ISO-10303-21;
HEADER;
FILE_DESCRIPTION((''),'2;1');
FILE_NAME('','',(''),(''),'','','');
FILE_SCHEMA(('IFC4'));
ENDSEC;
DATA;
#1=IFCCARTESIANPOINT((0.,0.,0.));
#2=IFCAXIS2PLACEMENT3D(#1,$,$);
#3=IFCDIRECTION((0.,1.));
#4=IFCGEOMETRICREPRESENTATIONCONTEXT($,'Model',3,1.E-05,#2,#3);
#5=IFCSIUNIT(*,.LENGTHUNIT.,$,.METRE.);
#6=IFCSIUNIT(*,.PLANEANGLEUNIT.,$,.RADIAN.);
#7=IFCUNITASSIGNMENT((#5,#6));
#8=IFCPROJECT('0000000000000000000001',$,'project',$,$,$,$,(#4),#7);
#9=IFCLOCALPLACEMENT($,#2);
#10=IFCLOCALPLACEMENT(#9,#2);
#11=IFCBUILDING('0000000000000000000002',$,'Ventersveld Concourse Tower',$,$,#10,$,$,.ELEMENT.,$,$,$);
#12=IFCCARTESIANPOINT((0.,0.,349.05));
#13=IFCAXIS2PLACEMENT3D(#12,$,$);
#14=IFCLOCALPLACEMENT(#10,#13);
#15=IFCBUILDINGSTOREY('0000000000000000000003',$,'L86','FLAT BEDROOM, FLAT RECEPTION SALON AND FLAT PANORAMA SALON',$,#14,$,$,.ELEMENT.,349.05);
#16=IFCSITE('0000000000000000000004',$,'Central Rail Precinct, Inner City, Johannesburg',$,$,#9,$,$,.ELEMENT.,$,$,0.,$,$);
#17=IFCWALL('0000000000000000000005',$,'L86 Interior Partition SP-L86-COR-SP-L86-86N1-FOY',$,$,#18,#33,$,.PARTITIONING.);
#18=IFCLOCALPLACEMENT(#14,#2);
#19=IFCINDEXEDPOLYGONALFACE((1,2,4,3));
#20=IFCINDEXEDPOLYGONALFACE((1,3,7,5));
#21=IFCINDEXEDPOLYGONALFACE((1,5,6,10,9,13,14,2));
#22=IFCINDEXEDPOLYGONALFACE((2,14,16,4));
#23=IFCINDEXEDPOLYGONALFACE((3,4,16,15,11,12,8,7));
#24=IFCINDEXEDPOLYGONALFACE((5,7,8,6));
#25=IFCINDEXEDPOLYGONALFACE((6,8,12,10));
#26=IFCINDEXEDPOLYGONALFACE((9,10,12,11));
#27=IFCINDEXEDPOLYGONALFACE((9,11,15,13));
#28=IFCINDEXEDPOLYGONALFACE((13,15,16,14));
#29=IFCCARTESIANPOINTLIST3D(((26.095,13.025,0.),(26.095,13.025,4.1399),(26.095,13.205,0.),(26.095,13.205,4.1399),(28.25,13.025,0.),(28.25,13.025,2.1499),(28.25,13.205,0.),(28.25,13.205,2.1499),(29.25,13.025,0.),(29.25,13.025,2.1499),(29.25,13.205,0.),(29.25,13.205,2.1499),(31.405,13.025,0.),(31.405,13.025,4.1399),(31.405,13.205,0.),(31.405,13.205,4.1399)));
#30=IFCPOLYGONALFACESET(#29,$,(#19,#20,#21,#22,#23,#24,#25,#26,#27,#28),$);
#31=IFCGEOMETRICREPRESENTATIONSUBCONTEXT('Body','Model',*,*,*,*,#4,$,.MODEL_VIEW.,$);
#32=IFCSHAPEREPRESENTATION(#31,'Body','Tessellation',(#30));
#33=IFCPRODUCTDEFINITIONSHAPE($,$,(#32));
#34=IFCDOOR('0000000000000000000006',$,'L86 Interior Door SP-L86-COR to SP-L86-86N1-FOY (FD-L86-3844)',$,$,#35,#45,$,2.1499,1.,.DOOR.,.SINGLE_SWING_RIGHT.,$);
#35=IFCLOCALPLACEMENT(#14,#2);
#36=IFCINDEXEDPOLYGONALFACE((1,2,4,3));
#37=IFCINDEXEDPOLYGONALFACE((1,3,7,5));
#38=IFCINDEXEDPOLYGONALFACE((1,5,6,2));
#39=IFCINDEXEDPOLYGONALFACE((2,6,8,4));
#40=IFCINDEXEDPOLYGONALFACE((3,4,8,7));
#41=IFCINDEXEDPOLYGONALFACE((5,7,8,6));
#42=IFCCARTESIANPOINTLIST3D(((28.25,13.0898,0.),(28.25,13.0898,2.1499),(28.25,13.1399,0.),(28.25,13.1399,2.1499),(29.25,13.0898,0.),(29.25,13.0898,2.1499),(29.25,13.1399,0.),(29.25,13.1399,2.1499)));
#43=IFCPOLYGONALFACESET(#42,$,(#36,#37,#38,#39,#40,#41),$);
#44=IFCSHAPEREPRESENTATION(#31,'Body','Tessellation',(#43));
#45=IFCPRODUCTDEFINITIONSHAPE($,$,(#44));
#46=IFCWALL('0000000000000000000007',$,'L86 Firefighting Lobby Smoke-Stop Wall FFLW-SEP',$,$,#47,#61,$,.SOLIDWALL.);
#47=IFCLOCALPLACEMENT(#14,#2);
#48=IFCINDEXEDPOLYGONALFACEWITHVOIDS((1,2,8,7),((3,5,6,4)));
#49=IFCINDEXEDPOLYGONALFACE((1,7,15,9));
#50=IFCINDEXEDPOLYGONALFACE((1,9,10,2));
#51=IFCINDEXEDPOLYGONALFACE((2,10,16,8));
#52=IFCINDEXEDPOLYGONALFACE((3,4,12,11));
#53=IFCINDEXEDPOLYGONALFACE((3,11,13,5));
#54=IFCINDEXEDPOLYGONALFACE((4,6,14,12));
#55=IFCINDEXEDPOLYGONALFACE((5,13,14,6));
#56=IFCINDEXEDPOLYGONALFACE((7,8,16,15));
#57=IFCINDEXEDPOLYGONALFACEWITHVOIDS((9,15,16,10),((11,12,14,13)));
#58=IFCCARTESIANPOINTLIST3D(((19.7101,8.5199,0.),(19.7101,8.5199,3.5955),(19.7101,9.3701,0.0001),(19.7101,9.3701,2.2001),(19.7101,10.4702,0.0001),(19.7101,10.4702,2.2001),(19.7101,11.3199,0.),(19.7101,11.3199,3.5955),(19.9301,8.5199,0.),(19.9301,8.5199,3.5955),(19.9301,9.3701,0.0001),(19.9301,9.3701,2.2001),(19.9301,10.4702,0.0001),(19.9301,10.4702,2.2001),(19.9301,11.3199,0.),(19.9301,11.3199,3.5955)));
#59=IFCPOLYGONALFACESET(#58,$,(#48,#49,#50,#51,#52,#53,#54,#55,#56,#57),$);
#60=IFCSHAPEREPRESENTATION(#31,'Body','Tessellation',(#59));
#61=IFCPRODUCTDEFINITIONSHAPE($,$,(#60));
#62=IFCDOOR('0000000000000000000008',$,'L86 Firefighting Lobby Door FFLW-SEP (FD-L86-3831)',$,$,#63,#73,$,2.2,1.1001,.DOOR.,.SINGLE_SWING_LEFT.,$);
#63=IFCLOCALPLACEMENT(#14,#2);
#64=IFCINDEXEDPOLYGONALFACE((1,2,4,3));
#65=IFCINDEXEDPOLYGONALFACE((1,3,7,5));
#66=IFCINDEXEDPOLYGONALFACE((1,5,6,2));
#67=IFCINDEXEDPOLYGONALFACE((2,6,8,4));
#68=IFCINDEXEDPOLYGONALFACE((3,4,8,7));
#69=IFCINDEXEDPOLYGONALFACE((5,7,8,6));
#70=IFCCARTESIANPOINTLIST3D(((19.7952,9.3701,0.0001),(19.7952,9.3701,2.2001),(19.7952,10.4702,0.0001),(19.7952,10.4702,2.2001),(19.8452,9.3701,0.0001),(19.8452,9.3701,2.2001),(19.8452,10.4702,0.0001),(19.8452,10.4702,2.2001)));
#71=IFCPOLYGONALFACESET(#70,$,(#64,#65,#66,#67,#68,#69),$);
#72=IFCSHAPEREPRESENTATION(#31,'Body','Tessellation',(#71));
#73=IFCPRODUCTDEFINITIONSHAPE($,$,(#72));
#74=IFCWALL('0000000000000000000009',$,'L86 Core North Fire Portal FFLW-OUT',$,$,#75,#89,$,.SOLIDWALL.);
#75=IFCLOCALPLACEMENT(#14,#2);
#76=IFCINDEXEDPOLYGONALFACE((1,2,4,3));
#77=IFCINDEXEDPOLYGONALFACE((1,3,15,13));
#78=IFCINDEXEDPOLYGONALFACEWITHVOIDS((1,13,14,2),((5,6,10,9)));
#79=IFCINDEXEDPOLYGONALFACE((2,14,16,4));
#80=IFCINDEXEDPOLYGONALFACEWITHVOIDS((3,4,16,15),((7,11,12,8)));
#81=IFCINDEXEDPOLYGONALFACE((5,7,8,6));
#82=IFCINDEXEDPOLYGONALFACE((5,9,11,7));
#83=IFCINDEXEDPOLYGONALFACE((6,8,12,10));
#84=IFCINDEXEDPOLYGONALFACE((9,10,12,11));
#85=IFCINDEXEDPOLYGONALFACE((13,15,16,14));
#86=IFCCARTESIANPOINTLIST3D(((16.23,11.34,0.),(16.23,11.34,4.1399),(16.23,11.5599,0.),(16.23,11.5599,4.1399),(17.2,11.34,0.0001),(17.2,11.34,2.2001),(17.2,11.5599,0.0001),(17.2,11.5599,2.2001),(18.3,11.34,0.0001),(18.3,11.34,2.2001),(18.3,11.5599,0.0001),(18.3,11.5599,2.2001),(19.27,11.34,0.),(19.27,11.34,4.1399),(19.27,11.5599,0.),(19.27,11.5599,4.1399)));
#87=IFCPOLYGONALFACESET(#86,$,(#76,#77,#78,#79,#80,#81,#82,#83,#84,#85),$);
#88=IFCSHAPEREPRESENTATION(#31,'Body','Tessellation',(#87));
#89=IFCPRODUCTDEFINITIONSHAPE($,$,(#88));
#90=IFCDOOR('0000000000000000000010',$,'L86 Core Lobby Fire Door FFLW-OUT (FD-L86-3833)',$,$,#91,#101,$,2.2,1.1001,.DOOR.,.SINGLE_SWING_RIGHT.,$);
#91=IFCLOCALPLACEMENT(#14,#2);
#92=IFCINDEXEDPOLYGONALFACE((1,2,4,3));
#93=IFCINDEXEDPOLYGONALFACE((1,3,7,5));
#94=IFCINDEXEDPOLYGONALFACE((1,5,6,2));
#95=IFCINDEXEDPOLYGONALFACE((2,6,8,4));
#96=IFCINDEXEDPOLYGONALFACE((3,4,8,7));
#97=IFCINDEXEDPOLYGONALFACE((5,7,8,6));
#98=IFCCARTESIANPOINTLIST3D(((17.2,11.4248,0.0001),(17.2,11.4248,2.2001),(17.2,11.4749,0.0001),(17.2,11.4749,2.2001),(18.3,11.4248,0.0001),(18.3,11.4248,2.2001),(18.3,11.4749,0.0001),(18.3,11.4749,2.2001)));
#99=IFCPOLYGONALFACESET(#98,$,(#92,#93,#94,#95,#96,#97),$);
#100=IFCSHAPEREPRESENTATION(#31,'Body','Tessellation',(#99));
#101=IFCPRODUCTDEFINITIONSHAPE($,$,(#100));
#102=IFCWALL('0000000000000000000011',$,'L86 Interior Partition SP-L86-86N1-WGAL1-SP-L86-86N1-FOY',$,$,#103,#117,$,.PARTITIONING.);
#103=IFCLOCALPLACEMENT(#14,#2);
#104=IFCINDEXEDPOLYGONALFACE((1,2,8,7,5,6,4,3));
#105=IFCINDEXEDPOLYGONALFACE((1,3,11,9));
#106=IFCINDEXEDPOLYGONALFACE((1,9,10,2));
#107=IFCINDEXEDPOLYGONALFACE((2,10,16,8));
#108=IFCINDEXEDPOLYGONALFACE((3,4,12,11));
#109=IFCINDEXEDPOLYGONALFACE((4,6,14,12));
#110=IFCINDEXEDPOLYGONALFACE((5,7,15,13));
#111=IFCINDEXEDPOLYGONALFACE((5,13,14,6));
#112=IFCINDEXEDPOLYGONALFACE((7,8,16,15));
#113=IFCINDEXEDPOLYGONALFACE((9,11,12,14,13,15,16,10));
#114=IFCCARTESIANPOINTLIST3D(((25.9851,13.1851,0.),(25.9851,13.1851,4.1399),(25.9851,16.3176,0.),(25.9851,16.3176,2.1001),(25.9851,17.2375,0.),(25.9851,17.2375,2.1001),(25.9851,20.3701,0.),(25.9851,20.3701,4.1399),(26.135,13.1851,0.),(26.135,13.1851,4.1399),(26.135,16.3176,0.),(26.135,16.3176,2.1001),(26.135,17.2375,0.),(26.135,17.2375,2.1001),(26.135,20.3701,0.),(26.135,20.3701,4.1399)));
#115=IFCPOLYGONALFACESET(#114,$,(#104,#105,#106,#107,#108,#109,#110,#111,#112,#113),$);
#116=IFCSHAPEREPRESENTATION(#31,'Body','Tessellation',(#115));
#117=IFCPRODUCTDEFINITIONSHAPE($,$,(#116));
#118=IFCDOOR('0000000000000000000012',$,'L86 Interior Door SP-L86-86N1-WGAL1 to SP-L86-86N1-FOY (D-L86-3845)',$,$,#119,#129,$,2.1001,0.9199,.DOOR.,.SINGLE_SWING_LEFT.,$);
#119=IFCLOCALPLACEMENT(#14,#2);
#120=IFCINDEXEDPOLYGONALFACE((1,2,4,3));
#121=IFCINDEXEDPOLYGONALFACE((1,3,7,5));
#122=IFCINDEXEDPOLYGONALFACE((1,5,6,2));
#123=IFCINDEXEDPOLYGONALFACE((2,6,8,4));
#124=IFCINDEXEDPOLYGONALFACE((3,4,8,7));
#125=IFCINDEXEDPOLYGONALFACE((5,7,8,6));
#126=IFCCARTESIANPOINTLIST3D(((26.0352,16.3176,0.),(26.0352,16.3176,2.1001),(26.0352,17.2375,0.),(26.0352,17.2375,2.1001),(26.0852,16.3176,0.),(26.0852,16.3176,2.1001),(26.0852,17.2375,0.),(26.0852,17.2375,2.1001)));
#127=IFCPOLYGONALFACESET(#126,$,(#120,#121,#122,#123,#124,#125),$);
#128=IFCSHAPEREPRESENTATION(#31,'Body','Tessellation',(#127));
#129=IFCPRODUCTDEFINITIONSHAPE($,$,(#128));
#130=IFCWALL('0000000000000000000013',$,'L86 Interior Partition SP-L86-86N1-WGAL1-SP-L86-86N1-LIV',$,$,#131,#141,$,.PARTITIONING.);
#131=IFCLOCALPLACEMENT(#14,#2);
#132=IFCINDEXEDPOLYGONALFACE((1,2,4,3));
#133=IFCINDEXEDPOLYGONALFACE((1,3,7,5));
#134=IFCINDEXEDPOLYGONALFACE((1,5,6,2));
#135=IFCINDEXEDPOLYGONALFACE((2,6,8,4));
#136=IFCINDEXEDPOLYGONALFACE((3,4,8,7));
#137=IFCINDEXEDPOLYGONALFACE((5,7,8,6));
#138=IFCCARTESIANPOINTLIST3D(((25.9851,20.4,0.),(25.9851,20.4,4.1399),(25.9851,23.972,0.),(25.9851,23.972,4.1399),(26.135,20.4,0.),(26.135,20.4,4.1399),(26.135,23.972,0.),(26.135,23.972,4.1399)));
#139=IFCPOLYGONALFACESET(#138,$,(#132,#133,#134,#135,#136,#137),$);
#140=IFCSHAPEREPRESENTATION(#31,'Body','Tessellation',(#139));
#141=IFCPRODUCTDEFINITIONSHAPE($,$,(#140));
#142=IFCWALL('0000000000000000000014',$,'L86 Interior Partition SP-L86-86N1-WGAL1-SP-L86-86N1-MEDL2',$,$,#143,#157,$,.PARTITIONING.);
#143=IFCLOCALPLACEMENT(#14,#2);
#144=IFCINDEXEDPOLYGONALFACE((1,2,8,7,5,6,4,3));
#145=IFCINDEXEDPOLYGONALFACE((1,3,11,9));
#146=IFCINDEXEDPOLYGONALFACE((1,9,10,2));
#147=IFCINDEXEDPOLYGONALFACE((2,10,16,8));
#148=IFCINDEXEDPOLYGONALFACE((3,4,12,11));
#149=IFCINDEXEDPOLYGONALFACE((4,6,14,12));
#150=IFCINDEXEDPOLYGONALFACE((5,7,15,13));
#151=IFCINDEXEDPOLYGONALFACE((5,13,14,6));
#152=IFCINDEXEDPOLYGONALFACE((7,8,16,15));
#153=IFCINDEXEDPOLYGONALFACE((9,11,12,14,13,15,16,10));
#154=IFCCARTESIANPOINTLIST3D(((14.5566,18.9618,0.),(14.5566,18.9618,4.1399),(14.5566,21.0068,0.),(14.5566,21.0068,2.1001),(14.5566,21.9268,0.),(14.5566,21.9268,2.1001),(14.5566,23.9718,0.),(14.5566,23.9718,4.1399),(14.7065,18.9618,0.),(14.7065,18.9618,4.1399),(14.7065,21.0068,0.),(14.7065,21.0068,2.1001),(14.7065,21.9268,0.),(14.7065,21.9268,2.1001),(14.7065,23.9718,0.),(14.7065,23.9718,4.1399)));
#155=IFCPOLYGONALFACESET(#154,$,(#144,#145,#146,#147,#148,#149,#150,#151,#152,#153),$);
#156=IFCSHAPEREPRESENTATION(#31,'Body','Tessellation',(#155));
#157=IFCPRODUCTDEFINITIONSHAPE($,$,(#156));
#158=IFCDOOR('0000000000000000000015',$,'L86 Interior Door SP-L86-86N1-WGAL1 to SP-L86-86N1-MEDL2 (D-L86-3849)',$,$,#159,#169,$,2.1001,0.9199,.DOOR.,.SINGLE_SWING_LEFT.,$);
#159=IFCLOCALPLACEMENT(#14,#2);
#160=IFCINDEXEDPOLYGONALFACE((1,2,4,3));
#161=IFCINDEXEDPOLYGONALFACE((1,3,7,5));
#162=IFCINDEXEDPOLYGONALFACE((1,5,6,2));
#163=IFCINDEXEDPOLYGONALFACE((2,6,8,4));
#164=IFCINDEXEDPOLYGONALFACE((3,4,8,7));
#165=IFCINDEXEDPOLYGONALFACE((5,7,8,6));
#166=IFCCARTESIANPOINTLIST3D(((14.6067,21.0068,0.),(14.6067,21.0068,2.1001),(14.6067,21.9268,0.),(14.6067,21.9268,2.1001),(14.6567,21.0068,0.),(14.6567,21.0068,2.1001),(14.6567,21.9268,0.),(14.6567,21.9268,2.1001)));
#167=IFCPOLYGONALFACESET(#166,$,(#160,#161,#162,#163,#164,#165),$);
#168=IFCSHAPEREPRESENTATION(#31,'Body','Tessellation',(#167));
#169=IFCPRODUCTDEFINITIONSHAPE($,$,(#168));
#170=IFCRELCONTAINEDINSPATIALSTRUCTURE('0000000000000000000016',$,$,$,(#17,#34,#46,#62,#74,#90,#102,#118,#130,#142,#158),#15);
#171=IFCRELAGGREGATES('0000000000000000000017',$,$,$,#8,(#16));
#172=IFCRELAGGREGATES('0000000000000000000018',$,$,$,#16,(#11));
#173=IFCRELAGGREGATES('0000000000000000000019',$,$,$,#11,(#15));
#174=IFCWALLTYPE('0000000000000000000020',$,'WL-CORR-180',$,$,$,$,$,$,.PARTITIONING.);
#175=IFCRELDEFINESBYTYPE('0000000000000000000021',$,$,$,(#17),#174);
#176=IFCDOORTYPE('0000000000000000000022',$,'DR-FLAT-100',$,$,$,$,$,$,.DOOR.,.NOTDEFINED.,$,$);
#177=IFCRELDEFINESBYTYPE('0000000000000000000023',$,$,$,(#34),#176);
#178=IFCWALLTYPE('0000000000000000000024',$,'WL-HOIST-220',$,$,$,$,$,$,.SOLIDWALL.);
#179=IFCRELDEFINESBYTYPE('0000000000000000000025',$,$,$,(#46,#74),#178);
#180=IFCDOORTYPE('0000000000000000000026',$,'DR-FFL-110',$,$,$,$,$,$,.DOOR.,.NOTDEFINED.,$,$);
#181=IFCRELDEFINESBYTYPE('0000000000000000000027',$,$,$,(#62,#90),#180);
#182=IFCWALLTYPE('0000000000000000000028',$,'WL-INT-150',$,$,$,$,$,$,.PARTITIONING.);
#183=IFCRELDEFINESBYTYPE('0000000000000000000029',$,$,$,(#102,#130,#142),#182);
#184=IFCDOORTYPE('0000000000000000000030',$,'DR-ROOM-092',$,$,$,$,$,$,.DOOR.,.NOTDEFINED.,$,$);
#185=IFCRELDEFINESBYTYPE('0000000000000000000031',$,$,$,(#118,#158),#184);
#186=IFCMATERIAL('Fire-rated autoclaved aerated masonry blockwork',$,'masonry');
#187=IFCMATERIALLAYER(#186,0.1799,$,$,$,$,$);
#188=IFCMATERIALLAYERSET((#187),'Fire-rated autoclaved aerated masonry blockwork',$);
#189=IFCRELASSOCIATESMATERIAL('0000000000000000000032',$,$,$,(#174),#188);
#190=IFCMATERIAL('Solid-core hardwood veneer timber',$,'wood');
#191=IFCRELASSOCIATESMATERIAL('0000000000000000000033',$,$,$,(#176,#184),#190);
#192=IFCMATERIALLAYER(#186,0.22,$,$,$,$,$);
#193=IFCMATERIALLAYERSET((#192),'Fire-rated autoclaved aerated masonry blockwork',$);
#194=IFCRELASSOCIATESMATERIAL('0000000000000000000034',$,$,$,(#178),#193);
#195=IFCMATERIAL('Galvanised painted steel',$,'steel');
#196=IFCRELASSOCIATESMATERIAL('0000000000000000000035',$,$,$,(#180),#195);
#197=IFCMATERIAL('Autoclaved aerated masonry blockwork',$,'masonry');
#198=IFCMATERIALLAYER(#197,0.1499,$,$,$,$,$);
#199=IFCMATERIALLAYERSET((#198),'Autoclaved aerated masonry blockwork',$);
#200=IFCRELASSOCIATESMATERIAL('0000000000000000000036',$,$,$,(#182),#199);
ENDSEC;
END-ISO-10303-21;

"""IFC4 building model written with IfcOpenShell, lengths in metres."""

from ifc_helpers import new_model, si_unit, direction, frame, frame_2d, origin, place, context, subcontext, project, spatial, rectangle, extrude, material, layer, layer_set, type_object, element, fill, save


model = new_model("IFC4")

# Units and contexts
model_context = context("Model", 3, precision=1e-05, world=origin(), true_north=direction((0.0, 1.0)))
body_context = subcontext(model_context, "Body", "Model", "MODEL_VIEW")
ifc_project = project(units=[si_unit("LENGTHUNIT", "METRE"), si_unit("PLANEANGLEUNIT", "RADIAN")], contexts=[model_context])

# Site, building, storey
site_placement = place(None, origin())
site = spatial("IfcSite", under=ifc_project, at=site_placement, Name="Central Rail Precinct, Inner City, Johannesburg", CompositionType="ELEMENT", RefElevation=0.0)
building_placement = place(site_placement, origin())
building = spatial("IfcBuilding", under=site, at=building_placement, Name="Ventersveld Concourse Tower", CompositionType="ELEMENT")
storey_placement = place(building_placement, frame((0.0, 0.0, 349.05)))
storey = spatial("IfcBuildingStorey", under=building, at=storey_placement, Name="L86", Description="FLAT BEDROOM, FLAT RECEPTION SALON AND FLAT PANORAMA SALON", CompositionType="ELEMENT", Elevation=349.05)

# Walls, openings, doors
ifc_material_1 = material(Name="Fire-rated autoclaved aerated masonry blockwork", Category="masonry")
ifc_layer_1 = layer(ifc_material_1, 0.1799)
ifc_layer_set_1 = layer_set([ifc_layer_1], Name="Fire-rated autoclaved aerated masonry blockwork")
wall_type_1 = type_object("IfcWallType", Name="WL-CORR-180", PredefinedType="PARTITIONING", material=ifc_layer_set_1)
wall_1_placement = place(storey_placement, frame((26.095, 13.115, 0.0), z_axis=(0.0, 0.0, 1.0), x_axis=(1.0, 0.0, 0.0)))
wall_1 = element("IfcWall", 1, at=wall_1_placement, inside=storey, type_object=wall_type_1, Name="L86 Interior Partition SP-L86-COR-SP-L86-86N1-FOY", PredefinedType="PARTITIONING", context=body_context, shape_type="SweptSolid", body=[
    extrude(rectangle(XDim=5.3101, YDim=0.1799, at=frame_2d((2.655, 0.0))), origin(), (0.0, 0.0, 1.0), 4.1399),
])
opening_1_placement = place(wall_1_placement, frame((2.155, 0.0, 0.0)))
opening_1 = element("IfcOpeningElement", 2, at=opening_1_placement, cuts=wall_1, PredefinedType="OPENING", context=body_context, shape_type="SweptSolid", body=[
    extrude(rectangle(XDim=1.0, YDim=2.1499, at=frame_2d((0.5, 1.075))), frame((0.0, 0.1001, 0.0), z_axis=(0.0, -1.0, 0.0), x_axis=(1.0, 0.0, 0.0)), (0.0, 0.0, 1.0), 0.2),
])
ifc_material_2 = material(Name="Solid-core hardwood veneer timber", Category="wood")
door_type_1 = type_object("IfcDoorType", Name="DR-FLAT-100", OperationType="NOTDEFINED", PredefinedType="DOOR", material=ifc_material_2)
door_1_placement = place(opening_1_placement, origin())
door_1 = element("IfcDoor", 3, at=door_1_placement, inside=storey, type_object=door_type_1, Name="L86 Interior Door SP-L86-COR to SP-L86-86N1-FOY (FD-L86-3844)", OperationType="SINGLE_SWING_RIGHT", OverallHeight=2.1499, OverallWidth=1.0, PredefinedType="DOOR", context=body_context, shape_type="SweptSolid", body=[
    extrude(rectangle(XDim=1.0, YDim=2.1499, at=frame_2d((0.5, 1.075))), frame((0.0, 0.0249, 0.0), z_axis=(0.0, -1.0, 0.0), x_axis=(1.0, 0.0, 0.0)), (0.0, 0.0, 1.0), 0.05),
])
fill(opening_1, door_1)
ifc_layer_2 = layer(ifc_material_1, 0.22)
ifc_layer_set_2 = layer_set([ifc_layer_2], Name="Fire-rated autoclaved aerated masonry blockwork")
wall_type_2 = type_object("IfcWallType", Name="WL-HOIST-220", PredefinedType="SOLIDWALL", material=ifc_layer_set_2)
wall_2_placement = place(storey_placement, frame((19.8201, 8.52, 0.0), z_axis=(0.0, 0.0, 1.0), x_axis=(0.0, 1.0, 0.0)))
wall_2 = element("IfcWall", 4, at=wall_2_placement, inside=storey, type_object=wall_type_2, Name="L86 Firefighting Lobby Smoke-Stop Wall FFLW-SEP", PredefinedType="SOLIDWALL", context=body_context, shape_type="SweptSolid", body=[
    extrude(rectangle(XDim=2.8, YDim=0.22, at=frame_2d((1.3999, 0.0))), origin(), (0.0, 0.0, 1.0), 3.5955),
])
opening_2_placement = place(wall_2_placement, frame((0.8501, 0.0, 0.0)))
opening_2 = element("IfcOpeningElement", 5, at=opening_2_placement, cuts=wall_2, PredefinedType="OPENING", context=body_context, shape_type="SweptSolid", body=[
    extrude(rectangle(XDim=1.1001, YDim=2.2, at=frame_2d((0.55, 1.1001))), frame((0.0, 0.1201, 0.0), z_axis=(0.0, -1.0, 0.0), x_axis=(1.0, 0.0, 0.0)), (0.0, 0.0, 1.0), 0.24),
])
ifc_material_3 = material(Name="Galvanised painted steel", Category="steel")
door_type_2 = type_object("IfcDoorType", Name="DR-FFL-110", OperationType="NOTDEFINED", PredefinedType="DOOR", material=ifc_material_3)
door_2_placement = place(opening_2_placement, origin())
door_2 = element("IfcDoor", 6, at=door_2_placement, inside=storey, type_object=door_type_2, Name="L86 Firefighting Lobby Door FFLW-SEP (FD-L86-3831)", OperationType="SINGLE_SWING_LEFT", OverallHeight=2.2, OverallWidth=1.1001, PredefinedType="DOOR", context=body_context, shape_type="SweptSolid", body=[
    extrude(rectangle(XDim=1.1001, YDim=2.2, at=frame_2d((0.55, 1.1001))), frame((0.0, 0.0249, 0.0), z_axis=(0.0, -1.0, 0.0), x_axis=(1.0, 0.0, 0.0)), (0.0, 0.0, 1.0), 0.05),
])
fill(opening_2, door_2)
wall_3_placement = place(storey_placement, frame((16.23, 11.45, 0.0), z_axis=(0.0, 0.0, 1.0), x_axis=(1.0, 0.0, 0.0)))
wall_3 = element("IfcWall", 7, at=wall_3_placement, inside=storey, type_object=wall_type_2, Name="L86 Core North Fire Portal FFLW-OUT", PredefinedType="SOLIDWALL", context=body_context, shape_type="SweptSolid", body=[
    extrude(rectangle(XDim=3.04, YDim=0.22, at=frame_2d((1.52, 0.0))), origin(), (0.0, 0.0, 1.0), 4.1399),
])
opening_3_placement = place(wall_3_placement, frame((0.97, 0.0, 0.0)))
opening_3 = element("IfcOpeningElement", 8, at=opening_3_placement, cuts=wall_3, PredefinedType="OPENING", context=body_context, shape_type="SweptSolid", body=[
    extrude(rectangle(XDim=1.1001, YDim=2.2, at=frame_2d((0.55, 1.1001))), frame((0.0, 0.1201, 0.0), z_axis=(0.0, -1.0, 0.0), x_axis=(1.0, 0.0, 0.0)), (0.0, 0.0, 1.0), 0.24),
])
door_3_placement = place(opening_3_placement, origin())
door_3 = element("IfcDoor", 9, at=door_3_placement, inside=storey, type_object=door_type_2, Name="L86 Core Lobby Fire Door FFLW-OUT (FD-L86-3833)", OperationType="SINGLE_SWING_RIGHT", OverallHeight=2.2, OverallWidth=1.1001, PredefinedType="DOOR", context=body_context, shape_type="SweptSolid", body=[
    extrude(rectangle(XDim=1.1001, YDim=2.2, at=frame_2d((0.55, 1.1001))), frame((0.0, 0.0249, 0.0), z_axis=(0.0, -1.0, 0.0), x_axis=(1.0, 0.0, 0.0)), (0.0, 0.0, 1.0), 0.05),
])
fill(opening_3, door_3)
ifc_material_4 = material(Name="Autoclaved aerated masonry blockwork", Category="masonry")
ifc_layer_3 = layer(ifc_material_4, 0.1499)
ifc_layer_set_3 = layer_set([ifc_layer_3], Name="Autoclaved aerated masonry blockwork")
wall_type_3 = type_object("IfcWallType", Name="WL-INT-150", PredefinedType="PARTITIONING", material=ifc_layer_set_3)
wall_4_placement = place(storey_placement, frame((26.0601, 13.1851, 0.0), z_axis=(0.0, 0.0, 1.0), x_axis=(0.0, 1.0, 0.0)))
wall_4 = element("IfcWall", 10, at=wall_4_placement, inside=storey, type_object=wall_type_3, Name="L86 Interior Partition SP-L86-86N1-WGAL1-SP-L86-86N1-FOY", PredefinedType="PARTITIONING", context=body_context, shape_type="SweptSolid", body=[
    extrude(rectangle(XDim=7.1851, YDim=0.1499, at=frame_2d((3.5925, 0.0))), origin(), (0.0, 0.0, 1.0), 4.1399),
])
opening_4_placement = place(wall_4_placement, frame((3.1326, 0.0, 0.0)))
opening_4 = element("IfcOpeningElement", 11, at=opening_4_placement, cuts=wall_4, PredefinedType="OPENING", context=body_context, shape_type="SweptSolid", body=[
    extrude(rectangle(XDim=0.9199, YDim=2.1001, at=frame_2d((0.46, 1.05))), frame((0.0, 0.085, 0.0), z_axis=(0.0, -1.0, 0.0), x_axis=(1.0, 0.0, 0.0)), (0.0, 0.0, 1.0), 0.1699),
])
door_type_3 = type_object("IfcDoorType", Name="DR-ROOM-092", OperationType="NOTDEFINED", PredefinedType="DOOR", material=ifc_material_2)
door_4_placement = place(opening_4_placement, origin())
door_4 = element("IfcDoor", 12, at=door_4_placement, inside=storey, type_object=door_type_3, Name="L86 Interior Door SP-L86-86N1-WGAL1 to SP-L86-86N1-FOY (D-L86-3845)", OperationType="SINGLE_SWING_LEFT", OverallHeight=2.1001, OverallWidth=0.9199, PredefinedType="DOOR", context=body_context, shape_type="SweptSolid", body=[
    extrude(rectangle(XDim=0.9199, YDim=2.1001, at=frame_2d((0.46, 1.05))), frame((0.0, 0.0249, 0.0), z_axis=(0.0, -1.0, 0.0), x_axis=(1.0, 0.0, 0.0)), (0.0, 0.0, 1.0), 0.05),
])
fill(opening_4, door_4)

# Wall
wall_5_placement = place(storey_placement, frame((26.0601, 20.3999, 0.0), z_axis=(0.0, 0.0, 1.0), x_axis=(0.0, 1.0, 0.0)))
element("IfcWall", 13, at=wall_5_placement, inside=storey, type_object=wall_type_3, Name="L86 Interior Partition SP-L86-86N1-WGAL1-SP-L86-86N1-LIV", PredefinedType="PARTITIONING", context=body_context, shape_type="SweptSolid", body=[
    extrude(rectangle(XDim=3.572, YDim=0.1499, at=frame_2d((1.7861, 0.0))), origin(), (0.0, 0.0, 1.0), 4.1399),
])

# Wall, opening, door
wall_6_placement = place(storey_placement, frame((14.6316, 18.9619, 0.0), z_axis=(0.0, 0.0, 1.0), x_axis=(0.0, 1.0, 0.0)))
wall_6 = element("IfcWall", 14, at=wall_6_placement, inside=storey, type_object=wall_type_3, Name="L86 Interior Partition SP-L86-86N1-WGAL1-SP-L86-86N1-MEDL2", PredefinedType="PARTITIONING", context=body_context, shape_type="SweptSolid", body=[
    extrude(rectangle(XDim=5.01, YDim=0.1499, at=frame_2d((2.5049, 0.0))), origin(), (0.0, 0.0, 1.0), 4.1399),
])
opening_5_placement = place(wall_6_placement, frame((2.0449, 0.0, 0.0)))
opening_5 = element("IfcOpeningElement", 15, at=opening_5_placement, cuts=wall_6, PredefinedType="OPENING", context=body_context, shape_type="SweptSolid", body=[
    extrude(rectangle(XDim=0.9199, YDim=2.1001, at=frame_2d((0.46, 1.05))), frame((0.0, 0.085, 0.0), z_axis=(0.0, -1.0, 0.0), x_axis=(1.0, 0.0, 0.0)), (0.0, 0.0, 1.0), 0.1699),
])
door_5_placement = place(opening_5_placement, origin())
door_5 = element("IfcDoor", 16, at=door_5_placement, inside=storey, type_object=door_type_3, Name="L86 Interior Door SP-L86-86N1-WGAL1 to SP-L86-86N1-MEDL2 (D-L86-3849)", OperationType="SINGLE_SWING_LEFT", OverallHeight=2.1001, OverallWidth=0.9199, PredefinedType="DOOR", context=body_context, shape_type="SweptSolid", body=[
    extrude(rectangle(XDim=0.9199, YDim=2.1001, at=frame_2d((0.46, 1.05))), frame((0.0, 0.0249, 0.0), z_axis=(0.0, -1.0, 0.0), x_axis=(1.0, 0.0, 0.0)), (0.0, 0.0, 1.0), 0.05),
])
fill(opening_5, door_5)

save(model, "model.ifc")
